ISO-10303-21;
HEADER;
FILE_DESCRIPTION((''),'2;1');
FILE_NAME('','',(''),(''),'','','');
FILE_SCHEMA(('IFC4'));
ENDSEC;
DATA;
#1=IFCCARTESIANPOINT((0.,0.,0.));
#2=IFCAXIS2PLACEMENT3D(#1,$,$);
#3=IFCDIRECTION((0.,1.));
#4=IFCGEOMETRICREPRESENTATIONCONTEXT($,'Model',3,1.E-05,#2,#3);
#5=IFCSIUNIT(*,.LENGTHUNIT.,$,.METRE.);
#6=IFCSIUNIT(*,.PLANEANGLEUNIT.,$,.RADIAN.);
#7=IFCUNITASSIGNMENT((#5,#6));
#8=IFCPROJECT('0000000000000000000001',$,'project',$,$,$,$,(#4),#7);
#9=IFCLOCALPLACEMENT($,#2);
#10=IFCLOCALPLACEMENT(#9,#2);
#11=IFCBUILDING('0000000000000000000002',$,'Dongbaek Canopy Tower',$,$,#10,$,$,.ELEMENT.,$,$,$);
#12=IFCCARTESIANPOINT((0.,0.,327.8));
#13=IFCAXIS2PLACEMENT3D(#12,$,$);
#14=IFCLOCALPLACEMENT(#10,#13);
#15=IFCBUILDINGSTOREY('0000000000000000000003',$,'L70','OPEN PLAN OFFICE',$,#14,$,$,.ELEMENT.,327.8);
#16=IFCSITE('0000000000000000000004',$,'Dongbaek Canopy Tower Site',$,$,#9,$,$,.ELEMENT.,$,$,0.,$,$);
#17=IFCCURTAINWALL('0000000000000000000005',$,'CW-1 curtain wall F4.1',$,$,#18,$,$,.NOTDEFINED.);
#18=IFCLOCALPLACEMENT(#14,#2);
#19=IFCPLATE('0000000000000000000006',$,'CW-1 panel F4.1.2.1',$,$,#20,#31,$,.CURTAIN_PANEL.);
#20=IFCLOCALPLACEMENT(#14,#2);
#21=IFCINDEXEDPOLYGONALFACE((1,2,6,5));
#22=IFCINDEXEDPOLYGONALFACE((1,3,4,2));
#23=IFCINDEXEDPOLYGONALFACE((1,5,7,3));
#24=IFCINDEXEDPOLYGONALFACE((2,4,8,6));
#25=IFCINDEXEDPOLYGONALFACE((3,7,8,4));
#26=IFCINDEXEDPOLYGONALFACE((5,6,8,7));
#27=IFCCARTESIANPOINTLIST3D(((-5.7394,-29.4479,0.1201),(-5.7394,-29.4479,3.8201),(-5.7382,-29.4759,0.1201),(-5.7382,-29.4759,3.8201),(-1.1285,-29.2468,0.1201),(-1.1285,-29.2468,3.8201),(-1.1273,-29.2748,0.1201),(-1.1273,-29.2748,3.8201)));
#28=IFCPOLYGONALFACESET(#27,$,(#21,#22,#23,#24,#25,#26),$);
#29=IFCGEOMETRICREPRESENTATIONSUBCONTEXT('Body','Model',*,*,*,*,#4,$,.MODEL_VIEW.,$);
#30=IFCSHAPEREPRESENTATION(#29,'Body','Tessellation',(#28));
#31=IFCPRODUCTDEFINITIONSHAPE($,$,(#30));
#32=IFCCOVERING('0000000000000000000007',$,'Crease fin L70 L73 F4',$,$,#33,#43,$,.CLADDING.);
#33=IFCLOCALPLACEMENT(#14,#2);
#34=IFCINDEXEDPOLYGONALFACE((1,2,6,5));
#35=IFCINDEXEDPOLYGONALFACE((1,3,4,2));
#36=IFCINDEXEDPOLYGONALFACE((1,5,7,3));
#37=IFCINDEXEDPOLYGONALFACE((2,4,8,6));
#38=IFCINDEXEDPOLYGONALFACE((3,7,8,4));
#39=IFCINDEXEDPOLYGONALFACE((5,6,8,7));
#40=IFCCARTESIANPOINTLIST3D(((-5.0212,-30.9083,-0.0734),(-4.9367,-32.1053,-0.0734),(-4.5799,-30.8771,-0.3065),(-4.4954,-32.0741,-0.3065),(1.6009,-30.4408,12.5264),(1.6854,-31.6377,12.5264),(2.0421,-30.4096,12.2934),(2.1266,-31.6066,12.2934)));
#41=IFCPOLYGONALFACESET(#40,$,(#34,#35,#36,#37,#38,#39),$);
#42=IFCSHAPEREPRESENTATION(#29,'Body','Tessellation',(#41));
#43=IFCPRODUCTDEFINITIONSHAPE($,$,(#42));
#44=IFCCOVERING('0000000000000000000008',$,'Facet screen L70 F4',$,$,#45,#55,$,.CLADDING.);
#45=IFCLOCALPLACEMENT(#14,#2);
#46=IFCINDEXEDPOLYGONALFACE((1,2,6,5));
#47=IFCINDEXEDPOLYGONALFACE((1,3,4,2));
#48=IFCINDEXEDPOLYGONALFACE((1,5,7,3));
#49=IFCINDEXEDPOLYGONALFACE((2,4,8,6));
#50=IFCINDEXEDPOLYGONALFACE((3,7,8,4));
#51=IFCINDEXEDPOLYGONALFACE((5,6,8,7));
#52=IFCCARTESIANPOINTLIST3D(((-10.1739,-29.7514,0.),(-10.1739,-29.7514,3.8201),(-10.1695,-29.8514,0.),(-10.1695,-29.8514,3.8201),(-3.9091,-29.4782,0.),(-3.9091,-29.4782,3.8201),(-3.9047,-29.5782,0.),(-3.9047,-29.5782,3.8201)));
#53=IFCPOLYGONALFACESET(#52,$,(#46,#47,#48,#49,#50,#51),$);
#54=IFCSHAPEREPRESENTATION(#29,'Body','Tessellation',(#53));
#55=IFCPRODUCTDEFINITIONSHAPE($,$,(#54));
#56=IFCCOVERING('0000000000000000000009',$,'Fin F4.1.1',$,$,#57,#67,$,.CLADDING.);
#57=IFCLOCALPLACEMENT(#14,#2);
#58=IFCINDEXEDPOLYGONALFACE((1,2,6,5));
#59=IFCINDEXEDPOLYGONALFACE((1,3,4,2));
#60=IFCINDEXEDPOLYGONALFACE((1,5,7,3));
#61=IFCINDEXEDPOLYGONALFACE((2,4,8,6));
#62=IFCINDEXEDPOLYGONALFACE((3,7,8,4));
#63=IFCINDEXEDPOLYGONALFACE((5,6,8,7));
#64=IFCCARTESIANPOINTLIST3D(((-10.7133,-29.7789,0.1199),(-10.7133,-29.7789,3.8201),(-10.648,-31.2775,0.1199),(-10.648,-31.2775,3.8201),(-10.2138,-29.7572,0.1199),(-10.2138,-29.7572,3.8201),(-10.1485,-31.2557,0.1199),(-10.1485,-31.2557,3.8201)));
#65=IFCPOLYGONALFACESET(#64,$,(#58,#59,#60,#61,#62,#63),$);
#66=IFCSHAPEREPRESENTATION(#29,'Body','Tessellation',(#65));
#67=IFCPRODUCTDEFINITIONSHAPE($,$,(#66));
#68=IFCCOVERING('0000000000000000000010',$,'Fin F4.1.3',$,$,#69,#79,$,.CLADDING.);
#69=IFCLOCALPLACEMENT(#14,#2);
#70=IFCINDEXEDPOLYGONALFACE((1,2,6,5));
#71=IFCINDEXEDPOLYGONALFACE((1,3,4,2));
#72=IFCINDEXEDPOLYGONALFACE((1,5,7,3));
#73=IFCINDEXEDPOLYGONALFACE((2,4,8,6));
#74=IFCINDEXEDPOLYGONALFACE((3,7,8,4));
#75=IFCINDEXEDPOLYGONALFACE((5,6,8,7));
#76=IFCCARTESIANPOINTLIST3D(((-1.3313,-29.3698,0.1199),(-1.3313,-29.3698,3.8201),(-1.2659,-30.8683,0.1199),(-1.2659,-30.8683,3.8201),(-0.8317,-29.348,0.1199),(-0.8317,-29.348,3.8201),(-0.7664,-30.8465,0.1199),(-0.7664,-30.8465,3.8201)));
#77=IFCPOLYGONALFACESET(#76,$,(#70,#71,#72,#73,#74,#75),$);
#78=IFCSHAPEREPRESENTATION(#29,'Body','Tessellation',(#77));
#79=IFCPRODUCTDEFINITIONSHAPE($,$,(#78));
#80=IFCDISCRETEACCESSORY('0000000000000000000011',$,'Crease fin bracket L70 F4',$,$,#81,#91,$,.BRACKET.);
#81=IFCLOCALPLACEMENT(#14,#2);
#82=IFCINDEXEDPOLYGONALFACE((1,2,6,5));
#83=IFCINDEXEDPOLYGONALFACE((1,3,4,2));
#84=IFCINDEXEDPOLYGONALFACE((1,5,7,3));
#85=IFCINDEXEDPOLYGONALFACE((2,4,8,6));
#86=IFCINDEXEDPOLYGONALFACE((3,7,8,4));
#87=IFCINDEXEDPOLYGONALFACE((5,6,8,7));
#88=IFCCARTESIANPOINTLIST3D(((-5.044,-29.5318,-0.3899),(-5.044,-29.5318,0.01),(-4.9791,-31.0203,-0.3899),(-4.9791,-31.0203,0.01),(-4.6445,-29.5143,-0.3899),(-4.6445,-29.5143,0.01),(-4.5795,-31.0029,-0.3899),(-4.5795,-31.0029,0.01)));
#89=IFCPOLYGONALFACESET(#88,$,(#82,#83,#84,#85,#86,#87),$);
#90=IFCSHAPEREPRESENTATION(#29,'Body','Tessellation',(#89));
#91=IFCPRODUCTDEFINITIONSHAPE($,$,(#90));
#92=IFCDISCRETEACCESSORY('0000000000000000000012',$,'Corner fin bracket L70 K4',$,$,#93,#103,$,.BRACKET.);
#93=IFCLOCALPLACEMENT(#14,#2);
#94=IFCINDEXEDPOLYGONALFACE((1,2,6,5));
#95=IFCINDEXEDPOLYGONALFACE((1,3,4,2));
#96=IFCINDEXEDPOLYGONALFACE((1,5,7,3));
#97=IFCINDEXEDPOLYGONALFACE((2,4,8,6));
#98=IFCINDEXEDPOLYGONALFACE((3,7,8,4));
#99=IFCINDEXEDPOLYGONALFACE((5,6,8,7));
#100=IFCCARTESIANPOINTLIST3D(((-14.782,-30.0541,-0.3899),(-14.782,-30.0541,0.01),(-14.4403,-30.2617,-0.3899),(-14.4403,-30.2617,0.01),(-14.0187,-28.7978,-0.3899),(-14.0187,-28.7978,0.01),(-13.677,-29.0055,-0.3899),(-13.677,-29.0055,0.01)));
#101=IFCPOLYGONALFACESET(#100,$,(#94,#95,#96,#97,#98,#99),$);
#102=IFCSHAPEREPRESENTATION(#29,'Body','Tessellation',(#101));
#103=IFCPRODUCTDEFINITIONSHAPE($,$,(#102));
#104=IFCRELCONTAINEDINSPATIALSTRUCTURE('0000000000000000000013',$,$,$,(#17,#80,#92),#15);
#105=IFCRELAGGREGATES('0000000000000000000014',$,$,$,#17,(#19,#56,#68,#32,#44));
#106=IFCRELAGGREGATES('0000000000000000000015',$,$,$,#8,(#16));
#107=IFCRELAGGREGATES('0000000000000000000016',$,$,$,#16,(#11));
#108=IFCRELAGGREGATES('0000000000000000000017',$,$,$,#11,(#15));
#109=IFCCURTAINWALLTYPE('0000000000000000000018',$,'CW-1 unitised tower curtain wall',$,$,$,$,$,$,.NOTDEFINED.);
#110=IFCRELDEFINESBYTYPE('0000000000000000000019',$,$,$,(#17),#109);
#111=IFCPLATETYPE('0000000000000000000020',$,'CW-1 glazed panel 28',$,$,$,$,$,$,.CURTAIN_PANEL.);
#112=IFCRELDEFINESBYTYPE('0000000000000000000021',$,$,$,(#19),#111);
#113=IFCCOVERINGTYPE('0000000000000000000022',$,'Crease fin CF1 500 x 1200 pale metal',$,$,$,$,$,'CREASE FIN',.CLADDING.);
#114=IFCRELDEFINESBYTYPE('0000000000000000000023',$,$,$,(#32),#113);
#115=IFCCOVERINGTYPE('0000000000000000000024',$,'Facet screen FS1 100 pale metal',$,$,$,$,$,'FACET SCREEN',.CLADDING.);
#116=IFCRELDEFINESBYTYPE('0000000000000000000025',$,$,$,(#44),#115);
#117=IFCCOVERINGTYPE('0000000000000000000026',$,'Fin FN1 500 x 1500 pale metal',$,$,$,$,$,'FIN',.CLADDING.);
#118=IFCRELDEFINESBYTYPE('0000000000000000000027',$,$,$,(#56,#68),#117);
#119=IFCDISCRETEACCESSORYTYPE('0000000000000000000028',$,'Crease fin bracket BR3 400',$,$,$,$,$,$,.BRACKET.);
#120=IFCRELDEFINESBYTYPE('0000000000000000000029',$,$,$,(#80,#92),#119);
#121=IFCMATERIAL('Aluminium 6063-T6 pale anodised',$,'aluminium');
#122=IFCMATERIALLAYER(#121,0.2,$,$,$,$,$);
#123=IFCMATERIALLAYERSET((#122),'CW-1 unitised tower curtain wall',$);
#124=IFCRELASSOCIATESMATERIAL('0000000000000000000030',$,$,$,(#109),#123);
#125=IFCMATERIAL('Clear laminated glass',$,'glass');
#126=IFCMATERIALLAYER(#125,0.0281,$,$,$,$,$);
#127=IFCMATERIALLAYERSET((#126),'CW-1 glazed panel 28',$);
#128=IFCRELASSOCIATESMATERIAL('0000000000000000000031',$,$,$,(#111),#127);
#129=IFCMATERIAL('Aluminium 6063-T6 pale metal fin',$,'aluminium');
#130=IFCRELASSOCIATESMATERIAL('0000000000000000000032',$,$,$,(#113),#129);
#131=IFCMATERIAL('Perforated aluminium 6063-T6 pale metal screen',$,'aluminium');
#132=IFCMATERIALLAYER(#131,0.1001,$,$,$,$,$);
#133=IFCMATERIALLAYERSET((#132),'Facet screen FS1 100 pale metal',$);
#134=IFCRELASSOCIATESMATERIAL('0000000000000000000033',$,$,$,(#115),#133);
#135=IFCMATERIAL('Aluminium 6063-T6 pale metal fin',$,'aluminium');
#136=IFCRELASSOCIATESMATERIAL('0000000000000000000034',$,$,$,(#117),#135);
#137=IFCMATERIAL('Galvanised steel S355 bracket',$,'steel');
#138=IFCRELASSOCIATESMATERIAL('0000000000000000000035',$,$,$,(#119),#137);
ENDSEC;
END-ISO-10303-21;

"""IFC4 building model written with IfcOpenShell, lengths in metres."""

from ifc_helpers import new_model, si_unit, direction, frame, origin, origin_2d, place, context, subcontext, project, spatial, rectangle, extrude, material, layer, layer_set, material_profile, profile_set, type_object, element, aggregate, save


model = new_model("IFC4")

# Units and contexts
model_context = context("Model", 3, precision=1e-05, world=origin(), true_north=direction((0.0, 1.0)))
body_context = subcontext(model_context, "Body", "Model", "MODEL_VIEW")
ifc_project = project(units=[si_unit("LENGTHUNIT", "METRE"), si_unit("PLANEANGLEUNIT", "RADIAN")], contexts=[model_context])

# Site, building, storey
site_placement = place(None, origin())
site = spatial("IfcSite", under=ifc_project, at=site_placement, Name="Dongbaek Canopy Tower Site", CompositionType="ELEMENT", RefElevation=0.0)
building_placement = place(site_placement, origin())
building = spatial("IfcBuilding", under=site, at=building_placement, Name="Dongbaek Canopy Tower", CompositionType="ELEMENT")
storey_placement = place(building_placement, frame((0.0, 0.0, 327.8)))
storey = spatial("IfcBuildingStorey", under=building, at=storey_placement, Name="L70", Description="OPEN PLAN OFFICE", CompositionType="ELEMENT", Elevation=327.8)

# Shared definitions
ifc_material_1 = material(Name="Aluminium 6063-T6 pale anodised", Category="aluminium")
ifc_layer_1 = layer(ifc_material_1, 0.2)
ifc_layer_set_1 = layer_set([ifc_layer_1], Name="CW-1 unitised tower curtain wall")
curtain_wall_type = type_object("IfcCurtainWallType", Name="CW-1 unitised tower curtain wall", PredefinedType="NOTDEFINED", material=ifc_layer_set_1)

# Curtain wall
curtain_wall_1_placement = place(storey_placement, origin())
curtain_wall_1 = element("IfcCurtainWall", 1, at=curtain_wall_1_placement, inside=storey, type_object=curtain_wall_type, Name="CW-1 curtain wall F4.1", PredefinedType="NOTDEFINED")

# Plate
ifc_material_2 = material(Name="Clear laminated glass", Category="glass")
ifc_layer_2 = layer(ifc_material_2, 0.0281)
ifc_layer_set_2 = layer_set([ifc_layer_2], Name="CW-1 glazed panel 28")
plate_type = type_object("IfcPlateType", Name="CW-1 glazed panel 28", PredefinedType="CURTAIN_PANEL", material=ifc_layer_set_2)
plate_1_placement = place(storey_placement, frame((-3.4333, -29.3613, 0.1201), z_axis=(0.0, 0.0, 1.0), x_axis=(0.99905, 0.043572, 0.0)))
plate_1 = element("IfcPlate", 2, at=plate_1_placement, type_object=plate_type, Name="CW-1 panel F4.1.2.1", PredefinedType="CURTAIN_PANEL", context=body_context, shape_type="SweptSolid", body=[
    extrude(rectangle(XDim=4.6152, YDim=0.0281, at=origin_2d()), origin(), (0.0, 0.0, 1.0), 3.7),
])

# Coverings
ifc_material_3 = material(Name="Aluminium 6063-T6 pale metal fin", Category="aluminium")
ifc_material_profile_1 = material_profile(ifc_material_3, rectangle(XDim=1.2, YDim=0.5, at=origin_2d()), Name="Crease fin CF1 500 x 1200 pale metal")
ifc_profile_set_1 = profile_set([ifc_material_profile_1], Name="Aluminium 6063-T6 pale metal fin")
covering_type_1 = type_object("IfcCoveringType", Name="Crease fin CF1 500 x 1200 pale metal", ElementType="CREASE FIN", PredefinedType="CLADDING", material=ifc_profile_set_1)
covering_1_placement = place(storey_placement, frame((-4.7583, -31.4912, -0.1899), z_axis=(0.464977, 0.032828, 0.884714), x_axis=(-0.070426, 0.997517, 0.0)))
covering_1 = element("IfcCovering", 3, at=covering_1_placement, type_object=covering_type_1, Name="Crease fin L70 L73 F4", PredefinedType="CLADDING", context=body_context, shape_type="SweptSolid", body=[
    extrude(rectangle(XDim=1.2, YDim=0.5, at=origin_2d()), origin(), (0.0, 0.0, 1.0), 14.2417),
])
ifc_material_4 = material(Name="Perforated aluminium 6063-T6 pale metal screen", Category="aluminium")
ifc_layer_3 = layer(ifc_material_4, 0.1001)
ifc_layer_set_3 = layer_set([ifc_layer_3], Name="Facet screen FS1 100 pale metal")
covering_type_2 = type_object("IfcCoveringType", Name="Facet screen FS1 100 pale metal", ElementType="FACET SCREEN", PredefinedType="CLADDING", material=ifc_layer_set_3)
covering_2_placement = place(storey_placement, frame((-7.0393, -29.6648, 0.0), z_axis=(0.0, 0.0, 1.0), x_axis=(0.99905, 0.043572, 0.0)))
covering_2 = element("IfcCovering", 4, at=covering_2_placement, type_object=covering_type_2, Name="Facet screen L70 F4", PredefinedType="CLADDING", context=body_context, shape_type="SweptSolid", body=[
    extrude(rectangle(XDim=6.2708, YDim=0.1001, at=origin_2d()), origin(), (0.0, 0.0, 1.0), 3.8201),
])
ifc_material_5 = material(Name="Aluminium 6063-T6 pale metal fin", Category="aluminium")
ifc_material_profile_2 = material_profile(ifc_material_5, rectangle(XDim=1.5, YDim=0.5, at=origin_2d()), Name="Fin FN1 500 x 1500 pale metal")
ifc_profile_set_2 = profile_set([ifc_material_profile_2], Name="Aluminium 6063-T6 pale metal fin")
covering_type_3 = type_object("IfcCoveringType", Name="Fin FN1 500 x 1500 pale metal", ElementType="FIN", PredefinedType="CLADDING", material=ifc_profile_set_2)
covering_3_placement = place(storey_placement, frame((-10.4309, -30.5173, 0.1199), z_axis=(0.0, 0.0, 1.0), x_axis=(0.043572, -0.99905, 0.0)))
covering_3 = element("IfcCovering", 5, at=covering_3_placement, type_object=covering_type_3, Name="Fin F4.1.1", PredefinedType="CLADDING", context=body_context, shape_type="SweptSolid", body=[
    extrude(rectangle(XDim=1.5, YDim=0.5, at=origin_2d()), origin(), (0.0, 0.0, 1.0), 3.7002),
])
covering_4_placement = place(storey_placement, frame((-1.0488, -30.1082, 0.1199), z_axis=(0.0, 0.0, 1.0), x_axis=(0.043572, -0.99905, 0.0)))
covering_4 = element("IfcCovering", 6, at=covering_4_placement, type_object=covering_type_3, Name="Fin F4.1.3", PredefinedType="CLADDING", context=body_context, shape_type="SweptSolid", body=[
    extrude(rectangle(XDim=1.5, YDim=0.5, at=origin_2d()), origin(), (0.0, 0.0, 1.0), 3.7002),
])
aggregate(curtain_wall_1, [plate_1, covering_3, covering_4, covering_1, covering_2])

# Discrete accessories
ifc_material_6 = material(Name="Galvanised steel S355 bracket", Category="steel")
discrete_accessory_type = type_object("IfcDiscreteAccessoryType", Name="Crease fin bracket BR3 400", PredefinedType="BRACKET", material=ifc_material_6)
discrete_accessory_1_placement = place(storey_placement, frame((-4.8118, -30.2673, -0.3899), z_axis=(0.0, 0.0, 1.0), x_axis=(0.043572, -0.99905, 0.0)))
element("IfcDiscreteAccessory", 7, at=discrete_accessory_1_placement, inside=storey, type_object=discrete_accessory_type, Name="Crease fin bracket L70 F4", PredefinedType="BRACKET", context=body_context, shape_type="SweptSolid", body=[
    extrude(rectangle(XDim=1.49, YDim=0.3999, at=origin_2d()), origin(), (0.0, 0.0, 1.0), 0.3999),
])
discrete_accessory_2_placement = place(storey_placement, frame((-14.2295, -29.5298, -0.3899), z_axis=(0.0, 0.0, 1.0), x_axis=(-0.519267, -0.854612, 0.0)))
element("IfcDiscreteAccessory", 8, at=discrete_accessory_2_placement, inside=storey, type_object=discrete_accessory_type, Name="Corner fin bracket L70 K4", PredefinedType="BRACKET", context=body_context, shape_type="SweptSolid", body=[
    extrude(rectangle(XDim=1.47, YDim=0.3999, at=origin_2d()), origin(), (0.0, 0.0, 1.0), 0.3999),
])

save(model, "model.ifc")
